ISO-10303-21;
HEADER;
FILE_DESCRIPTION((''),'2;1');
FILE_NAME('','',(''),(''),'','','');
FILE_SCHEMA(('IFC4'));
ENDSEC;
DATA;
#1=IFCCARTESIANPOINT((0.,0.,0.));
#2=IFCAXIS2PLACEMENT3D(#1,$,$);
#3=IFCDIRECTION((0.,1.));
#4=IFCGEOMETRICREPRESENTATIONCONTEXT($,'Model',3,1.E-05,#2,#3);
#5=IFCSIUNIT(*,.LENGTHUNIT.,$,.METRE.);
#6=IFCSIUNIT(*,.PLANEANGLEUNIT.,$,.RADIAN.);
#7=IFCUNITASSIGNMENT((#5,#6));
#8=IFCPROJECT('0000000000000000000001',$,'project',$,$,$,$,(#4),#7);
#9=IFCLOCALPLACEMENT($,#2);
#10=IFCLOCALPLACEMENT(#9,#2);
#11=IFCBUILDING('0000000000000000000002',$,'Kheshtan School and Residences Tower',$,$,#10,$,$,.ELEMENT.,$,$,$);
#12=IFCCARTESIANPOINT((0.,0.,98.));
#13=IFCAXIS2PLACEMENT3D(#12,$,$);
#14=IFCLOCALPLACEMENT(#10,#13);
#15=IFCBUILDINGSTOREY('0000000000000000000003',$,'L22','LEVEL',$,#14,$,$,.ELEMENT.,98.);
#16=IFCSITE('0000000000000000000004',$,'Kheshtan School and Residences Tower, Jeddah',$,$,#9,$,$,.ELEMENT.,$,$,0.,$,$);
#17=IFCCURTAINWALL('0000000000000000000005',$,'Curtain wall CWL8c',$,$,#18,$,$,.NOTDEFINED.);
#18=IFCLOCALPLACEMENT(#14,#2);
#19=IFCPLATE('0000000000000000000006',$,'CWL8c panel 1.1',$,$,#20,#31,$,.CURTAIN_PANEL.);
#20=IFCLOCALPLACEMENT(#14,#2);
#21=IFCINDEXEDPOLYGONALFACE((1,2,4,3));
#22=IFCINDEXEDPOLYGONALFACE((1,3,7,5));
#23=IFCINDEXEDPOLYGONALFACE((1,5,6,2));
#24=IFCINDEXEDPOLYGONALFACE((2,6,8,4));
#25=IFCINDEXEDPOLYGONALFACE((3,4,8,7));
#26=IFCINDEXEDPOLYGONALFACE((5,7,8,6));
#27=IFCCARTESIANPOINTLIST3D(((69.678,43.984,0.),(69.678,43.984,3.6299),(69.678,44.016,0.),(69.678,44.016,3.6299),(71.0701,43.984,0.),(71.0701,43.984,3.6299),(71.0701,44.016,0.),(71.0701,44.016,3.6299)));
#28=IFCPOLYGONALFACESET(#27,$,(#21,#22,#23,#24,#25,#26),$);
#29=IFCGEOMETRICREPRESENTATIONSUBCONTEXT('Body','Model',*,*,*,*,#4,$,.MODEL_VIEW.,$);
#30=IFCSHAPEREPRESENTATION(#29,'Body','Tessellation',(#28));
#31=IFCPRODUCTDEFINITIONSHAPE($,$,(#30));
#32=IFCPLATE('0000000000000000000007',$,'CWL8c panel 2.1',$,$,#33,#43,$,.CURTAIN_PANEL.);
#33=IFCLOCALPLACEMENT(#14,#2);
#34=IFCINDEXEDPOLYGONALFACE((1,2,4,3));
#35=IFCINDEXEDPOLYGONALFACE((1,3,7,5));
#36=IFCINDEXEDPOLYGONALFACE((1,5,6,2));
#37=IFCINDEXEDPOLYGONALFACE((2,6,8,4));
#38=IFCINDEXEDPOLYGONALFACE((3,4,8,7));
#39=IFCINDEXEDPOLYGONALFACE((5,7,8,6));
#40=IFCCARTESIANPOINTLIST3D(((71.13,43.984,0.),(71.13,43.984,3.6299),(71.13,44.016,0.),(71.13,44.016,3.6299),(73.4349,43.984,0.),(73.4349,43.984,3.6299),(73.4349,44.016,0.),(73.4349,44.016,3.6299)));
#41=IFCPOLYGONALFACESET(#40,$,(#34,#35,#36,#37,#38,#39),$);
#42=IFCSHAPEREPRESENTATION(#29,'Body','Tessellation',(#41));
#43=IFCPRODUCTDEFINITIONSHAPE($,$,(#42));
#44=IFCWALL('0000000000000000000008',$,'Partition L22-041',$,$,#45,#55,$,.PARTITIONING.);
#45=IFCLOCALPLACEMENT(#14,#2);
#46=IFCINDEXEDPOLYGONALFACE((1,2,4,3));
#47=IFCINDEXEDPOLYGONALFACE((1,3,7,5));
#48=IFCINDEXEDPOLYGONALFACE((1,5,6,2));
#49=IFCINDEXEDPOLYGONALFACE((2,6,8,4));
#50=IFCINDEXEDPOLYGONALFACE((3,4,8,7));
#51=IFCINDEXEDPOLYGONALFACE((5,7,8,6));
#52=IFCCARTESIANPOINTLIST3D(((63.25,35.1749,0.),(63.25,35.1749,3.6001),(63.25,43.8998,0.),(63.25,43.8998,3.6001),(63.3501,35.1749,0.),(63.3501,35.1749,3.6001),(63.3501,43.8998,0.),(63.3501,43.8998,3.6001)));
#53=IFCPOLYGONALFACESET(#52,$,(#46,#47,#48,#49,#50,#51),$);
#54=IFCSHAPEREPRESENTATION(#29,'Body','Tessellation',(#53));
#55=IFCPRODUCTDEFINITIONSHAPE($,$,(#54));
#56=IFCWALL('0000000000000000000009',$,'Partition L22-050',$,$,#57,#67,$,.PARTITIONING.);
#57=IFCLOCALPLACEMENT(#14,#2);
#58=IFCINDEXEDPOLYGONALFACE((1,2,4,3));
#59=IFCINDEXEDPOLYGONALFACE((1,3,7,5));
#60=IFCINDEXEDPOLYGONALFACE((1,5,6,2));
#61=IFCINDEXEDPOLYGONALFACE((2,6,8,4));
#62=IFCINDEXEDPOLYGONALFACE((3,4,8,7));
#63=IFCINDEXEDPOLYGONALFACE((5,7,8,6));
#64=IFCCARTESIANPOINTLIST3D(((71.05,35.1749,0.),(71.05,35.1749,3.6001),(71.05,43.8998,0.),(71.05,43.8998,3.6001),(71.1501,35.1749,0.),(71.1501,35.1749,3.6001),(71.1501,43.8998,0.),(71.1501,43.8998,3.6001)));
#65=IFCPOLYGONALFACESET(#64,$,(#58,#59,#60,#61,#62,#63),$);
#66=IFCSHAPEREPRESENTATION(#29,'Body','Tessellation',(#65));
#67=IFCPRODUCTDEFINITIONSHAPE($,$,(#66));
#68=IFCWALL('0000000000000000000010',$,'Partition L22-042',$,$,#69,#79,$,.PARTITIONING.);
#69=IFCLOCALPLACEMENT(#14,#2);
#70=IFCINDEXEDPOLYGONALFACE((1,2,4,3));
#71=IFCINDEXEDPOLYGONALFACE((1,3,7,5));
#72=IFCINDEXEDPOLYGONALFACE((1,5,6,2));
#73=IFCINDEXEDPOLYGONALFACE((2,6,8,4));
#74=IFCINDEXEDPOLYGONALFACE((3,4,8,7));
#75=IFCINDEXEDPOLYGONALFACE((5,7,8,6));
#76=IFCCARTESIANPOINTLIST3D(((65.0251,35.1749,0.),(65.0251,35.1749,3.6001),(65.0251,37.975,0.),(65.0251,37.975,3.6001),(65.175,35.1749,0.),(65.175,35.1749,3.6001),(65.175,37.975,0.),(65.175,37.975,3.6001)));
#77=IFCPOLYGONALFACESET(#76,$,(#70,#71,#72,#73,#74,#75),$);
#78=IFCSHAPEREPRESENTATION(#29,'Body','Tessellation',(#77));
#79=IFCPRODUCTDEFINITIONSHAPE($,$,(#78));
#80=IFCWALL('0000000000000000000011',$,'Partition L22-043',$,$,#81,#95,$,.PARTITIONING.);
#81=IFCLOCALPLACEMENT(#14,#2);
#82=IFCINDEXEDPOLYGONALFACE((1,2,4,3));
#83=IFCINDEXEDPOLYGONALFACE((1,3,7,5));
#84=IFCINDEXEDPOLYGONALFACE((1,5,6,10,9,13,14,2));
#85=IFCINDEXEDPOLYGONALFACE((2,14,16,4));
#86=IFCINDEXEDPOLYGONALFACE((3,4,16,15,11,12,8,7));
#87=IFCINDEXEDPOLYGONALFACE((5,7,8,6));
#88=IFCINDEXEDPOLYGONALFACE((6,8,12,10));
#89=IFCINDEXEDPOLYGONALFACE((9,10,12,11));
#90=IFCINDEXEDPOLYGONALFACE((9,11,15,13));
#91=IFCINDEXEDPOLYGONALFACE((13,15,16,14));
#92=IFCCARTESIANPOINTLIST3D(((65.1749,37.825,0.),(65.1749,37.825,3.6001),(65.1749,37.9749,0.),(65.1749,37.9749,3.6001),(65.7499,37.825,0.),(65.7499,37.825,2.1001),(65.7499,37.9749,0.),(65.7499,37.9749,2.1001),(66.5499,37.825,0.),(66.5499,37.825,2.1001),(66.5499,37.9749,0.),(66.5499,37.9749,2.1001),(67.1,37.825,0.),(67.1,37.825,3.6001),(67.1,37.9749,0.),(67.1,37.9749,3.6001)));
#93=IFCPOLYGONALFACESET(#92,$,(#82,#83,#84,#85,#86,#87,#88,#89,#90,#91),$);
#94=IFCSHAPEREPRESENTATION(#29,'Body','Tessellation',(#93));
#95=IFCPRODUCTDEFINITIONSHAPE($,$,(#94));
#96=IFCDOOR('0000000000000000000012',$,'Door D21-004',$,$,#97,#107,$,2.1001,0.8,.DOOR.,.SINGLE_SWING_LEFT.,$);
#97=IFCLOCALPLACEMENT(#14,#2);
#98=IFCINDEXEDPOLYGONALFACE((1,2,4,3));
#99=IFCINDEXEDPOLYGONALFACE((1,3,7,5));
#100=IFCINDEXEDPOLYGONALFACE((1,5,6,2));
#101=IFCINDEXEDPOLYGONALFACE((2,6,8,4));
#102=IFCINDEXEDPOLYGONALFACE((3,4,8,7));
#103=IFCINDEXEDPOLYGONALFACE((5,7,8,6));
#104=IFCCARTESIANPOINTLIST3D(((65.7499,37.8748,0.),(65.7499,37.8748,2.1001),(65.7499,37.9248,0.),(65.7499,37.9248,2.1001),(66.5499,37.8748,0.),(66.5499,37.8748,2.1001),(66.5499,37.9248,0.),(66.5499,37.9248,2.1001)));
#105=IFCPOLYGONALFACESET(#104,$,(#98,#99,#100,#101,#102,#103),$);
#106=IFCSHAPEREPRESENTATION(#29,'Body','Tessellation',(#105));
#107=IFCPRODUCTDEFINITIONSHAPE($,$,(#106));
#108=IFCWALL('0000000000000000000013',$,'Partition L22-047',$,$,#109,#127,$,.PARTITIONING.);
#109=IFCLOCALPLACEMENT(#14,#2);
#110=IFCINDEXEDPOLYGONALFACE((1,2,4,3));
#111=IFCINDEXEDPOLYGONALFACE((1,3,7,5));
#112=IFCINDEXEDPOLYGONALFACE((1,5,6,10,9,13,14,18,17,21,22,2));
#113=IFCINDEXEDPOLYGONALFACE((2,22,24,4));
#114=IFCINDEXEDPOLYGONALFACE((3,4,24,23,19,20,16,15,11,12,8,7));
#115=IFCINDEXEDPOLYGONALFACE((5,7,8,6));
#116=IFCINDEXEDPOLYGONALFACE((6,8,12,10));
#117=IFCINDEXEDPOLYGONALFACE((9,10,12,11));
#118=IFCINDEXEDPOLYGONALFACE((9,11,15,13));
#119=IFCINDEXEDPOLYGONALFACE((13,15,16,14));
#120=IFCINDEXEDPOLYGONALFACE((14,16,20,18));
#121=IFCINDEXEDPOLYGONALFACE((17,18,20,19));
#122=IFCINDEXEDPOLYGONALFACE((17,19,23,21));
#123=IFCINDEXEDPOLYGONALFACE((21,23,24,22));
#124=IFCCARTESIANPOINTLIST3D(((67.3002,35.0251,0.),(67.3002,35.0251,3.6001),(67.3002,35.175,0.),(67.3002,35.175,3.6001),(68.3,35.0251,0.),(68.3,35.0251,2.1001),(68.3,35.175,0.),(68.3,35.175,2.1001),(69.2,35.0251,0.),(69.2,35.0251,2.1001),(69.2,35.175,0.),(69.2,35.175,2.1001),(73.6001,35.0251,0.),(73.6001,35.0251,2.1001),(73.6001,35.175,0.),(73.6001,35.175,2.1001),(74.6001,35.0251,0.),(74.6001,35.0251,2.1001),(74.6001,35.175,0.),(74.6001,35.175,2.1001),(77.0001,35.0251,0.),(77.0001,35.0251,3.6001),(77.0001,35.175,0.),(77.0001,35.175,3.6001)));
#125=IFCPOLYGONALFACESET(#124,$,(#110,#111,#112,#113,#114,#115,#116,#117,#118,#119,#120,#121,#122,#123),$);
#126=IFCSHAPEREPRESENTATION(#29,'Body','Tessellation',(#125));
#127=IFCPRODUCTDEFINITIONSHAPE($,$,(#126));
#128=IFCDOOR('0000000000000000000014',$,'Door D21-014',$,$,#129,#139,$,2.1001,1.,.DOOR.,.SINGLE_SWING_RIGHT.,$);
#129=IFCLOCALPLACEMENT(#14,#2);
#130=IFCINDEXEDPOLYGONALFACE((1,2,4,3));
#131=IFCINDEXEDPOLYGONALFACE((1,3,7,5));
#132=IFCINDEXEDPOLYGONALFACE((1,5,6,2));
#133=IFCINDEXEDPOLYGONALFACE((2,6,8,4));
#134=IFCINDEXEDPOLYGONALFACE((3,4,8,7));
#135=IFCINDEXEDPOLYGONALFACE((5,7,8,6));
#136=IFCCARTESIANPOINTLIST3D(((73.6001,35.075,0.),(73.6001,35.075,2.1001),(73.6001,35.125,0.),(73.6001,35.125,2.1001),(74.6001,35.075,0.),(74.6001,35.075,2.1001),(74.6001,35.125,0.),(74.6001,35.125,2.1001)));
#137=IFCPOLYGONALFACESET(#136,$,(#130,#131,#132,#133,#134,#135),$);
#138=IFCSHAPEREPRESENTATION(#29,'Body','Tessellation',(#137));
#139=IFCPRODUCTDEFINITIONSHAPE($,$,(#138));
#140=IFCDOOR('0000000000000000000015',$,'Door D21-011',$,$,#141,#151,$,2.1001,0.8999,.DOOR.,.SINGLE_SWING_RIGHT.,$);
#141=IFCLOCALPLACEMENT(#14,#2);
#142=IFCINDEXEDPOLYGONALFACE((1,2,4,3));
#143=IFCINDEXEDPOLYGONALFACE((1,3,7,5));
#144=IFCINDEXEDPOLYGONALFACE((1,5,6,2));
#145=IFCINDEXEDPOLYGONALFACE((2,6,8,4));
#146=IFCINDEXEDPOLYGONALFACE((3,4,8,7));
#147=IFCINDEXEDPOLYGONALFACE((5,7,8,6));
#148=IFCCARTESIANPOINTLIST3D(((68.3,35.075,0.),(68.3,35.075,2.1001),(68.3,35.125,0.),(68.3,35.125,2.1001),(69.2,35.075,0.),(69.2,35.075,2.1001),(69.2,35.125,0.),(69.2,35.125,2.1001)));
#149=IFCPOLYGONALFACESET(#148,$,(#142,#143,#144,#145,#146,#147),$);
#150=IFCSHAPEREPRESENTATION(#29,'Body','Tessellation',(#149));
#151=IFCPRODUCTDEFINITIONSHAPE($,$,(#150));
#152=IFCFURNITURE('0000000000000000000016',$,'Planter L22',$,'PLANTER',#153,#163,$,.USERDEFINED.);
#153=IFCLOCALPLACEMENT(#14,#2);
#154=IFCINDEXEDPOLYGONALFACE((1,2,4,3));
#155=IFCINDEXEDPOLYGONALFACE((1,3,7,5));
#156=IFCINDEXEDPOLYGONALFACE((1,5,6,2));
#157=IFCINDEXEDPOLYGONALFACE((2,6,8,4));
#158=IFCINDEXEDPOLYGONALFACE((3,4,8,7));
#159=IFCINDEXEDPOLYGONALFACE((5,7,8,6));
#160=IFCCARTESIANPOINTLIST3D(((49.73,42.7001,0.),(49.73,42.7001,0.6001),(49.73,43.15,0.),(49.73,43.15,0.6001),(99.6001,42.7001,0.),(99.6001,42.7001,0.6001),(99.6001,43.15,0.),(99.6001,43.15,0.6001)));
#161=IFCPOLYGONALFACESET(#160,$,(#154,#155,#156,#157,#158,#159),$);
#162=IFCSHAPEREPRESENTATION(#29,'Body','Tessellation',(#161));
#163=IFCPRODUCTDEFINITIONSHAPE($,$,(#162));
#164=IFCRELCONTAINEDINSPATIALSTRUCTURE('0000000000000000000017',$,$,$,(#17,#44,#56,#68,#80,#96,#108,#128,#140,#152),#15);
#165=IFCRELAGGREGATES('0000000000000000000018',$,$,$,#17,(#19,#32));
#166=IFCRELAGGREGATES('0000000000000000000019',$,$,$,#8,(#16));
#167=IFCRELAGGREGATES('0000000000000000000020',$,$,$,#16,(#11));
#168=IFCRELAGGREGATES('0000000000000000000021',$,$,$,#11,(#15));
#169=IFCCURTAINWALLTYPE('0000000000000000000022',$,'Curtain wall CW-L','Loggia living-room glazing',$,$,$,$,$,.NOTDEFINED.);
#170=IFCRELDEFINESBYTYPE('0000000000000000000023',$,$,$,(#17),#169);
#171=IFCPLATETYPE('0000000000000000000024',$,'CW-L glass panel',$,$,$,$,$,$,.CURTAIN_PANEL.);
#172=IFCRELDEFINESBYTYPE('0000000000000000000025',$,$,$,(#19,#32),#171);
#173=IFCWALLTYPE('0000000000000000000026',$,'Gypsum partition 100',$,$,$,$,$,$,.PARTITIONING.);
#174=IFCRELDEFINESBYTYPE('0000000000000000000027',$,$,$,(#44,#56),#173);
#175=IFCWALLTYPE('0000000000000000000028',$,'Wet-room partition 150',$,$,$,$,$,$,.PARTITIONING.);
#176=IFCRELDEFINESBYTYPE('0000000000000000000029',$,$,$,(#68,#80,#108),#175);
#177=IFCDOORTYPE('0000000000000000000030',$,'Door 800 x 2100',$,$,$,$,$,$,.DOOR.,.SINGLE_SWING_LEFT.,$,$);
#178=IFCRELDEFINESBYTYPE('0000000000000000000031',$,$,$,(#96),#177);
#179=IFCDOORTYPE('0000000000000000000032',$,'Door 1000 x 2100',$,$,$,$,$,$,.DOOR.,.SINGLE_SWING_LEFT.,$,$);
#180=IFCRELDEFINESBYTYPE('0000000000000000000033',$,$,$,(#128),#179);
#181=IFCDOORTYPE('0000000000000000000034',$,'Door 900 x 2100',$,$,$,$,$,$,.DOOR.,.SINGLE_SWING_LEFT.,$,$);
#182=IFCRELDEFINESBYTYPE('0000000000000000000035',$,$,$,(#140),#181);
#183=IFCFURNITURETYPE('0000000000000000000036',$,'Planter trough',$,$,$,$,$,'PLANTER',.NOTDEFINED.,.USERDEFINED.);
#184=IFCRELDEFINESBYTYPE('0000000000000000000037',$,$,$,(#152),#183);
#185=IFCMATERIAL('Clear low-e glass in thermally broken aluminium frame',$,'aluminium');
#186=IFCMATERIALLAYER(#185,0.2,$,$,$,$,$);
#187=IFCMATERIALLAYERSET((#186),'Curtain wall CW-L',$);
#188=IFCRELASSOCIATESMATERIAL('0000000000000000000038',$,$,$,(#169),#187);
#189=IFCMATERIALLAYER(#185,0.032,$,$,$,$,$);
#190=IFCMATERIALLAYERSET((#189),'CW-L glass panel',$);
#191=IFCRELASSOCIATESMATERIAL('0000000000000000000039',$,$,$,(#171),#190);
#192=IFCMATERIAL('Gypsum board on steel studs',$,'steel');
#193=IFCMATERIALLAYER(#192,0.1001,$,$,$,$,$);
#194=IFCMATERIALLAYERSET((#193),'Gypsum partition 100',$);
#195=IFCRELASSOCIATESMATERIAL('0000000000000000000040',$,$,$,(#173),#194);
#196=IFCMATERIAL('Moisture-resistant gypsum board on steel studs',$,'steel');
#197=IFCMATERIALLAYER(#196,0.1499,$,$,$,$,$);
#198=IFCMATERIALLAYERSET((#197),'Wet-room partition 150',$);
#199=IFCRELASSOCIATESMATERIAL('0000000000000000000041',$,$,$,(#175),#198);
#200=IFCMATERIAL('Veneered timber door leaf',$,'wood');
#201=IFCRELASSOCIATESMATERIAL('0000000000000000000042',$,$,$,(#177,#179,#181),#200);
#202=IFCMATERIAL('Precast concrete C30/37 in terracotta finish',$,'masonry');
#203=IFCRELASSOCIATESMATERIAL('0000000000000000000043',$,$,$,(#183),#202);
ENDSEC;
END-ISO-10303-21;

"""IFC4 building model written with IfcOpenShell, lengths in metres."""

from ifc_helpers import new_model, si_unit, direction, frame, frame_2d, origin, origin_2d, place, context, subcontext, project, spatial, rectangle, extrude, source, transform, mapped, material, layer, layer_set, type_object, element, fill, aggregate, save


model = new_model("IFC4")

# Units and contexts
model_context = context("Model", 3, precision=1e-05, world=origin(), true_north=direction((0.0, 1.0)))
body_context = subcontext(model_context, "Body", "Model", "MODEL_VIEW")
ifc_project = project(units=[si_unit("LENGTHUNIT", "METRE"), si_unit("PLANEANGLEUNIT", "RADIAN")], contexts=[model_context])

# Site, building, storey
site_placement = place(None, origin())
site = spatial("IfcSite", under=ifc_project, at=site_placement, Name="Kheshtan School and Residences Tower, Jeddah", CompositionType="ELEMENT", RefElevation=0.0)
building_placement = place(site_placement, origin())
building = spatial("IfcBuilding", under=site, at=building_placement, Name="Kheshtan School and Residences Tower", CompositionType="ELEMENT")
storey_placement = place(building_placement, frame((0.0, 0.0, 98.0)))
storey = spatial("IfcBuildingStorey", under=building, at=storey_placement, Name="L22", Description="LEVEL", CompositionType="ELEMENT", Elevation=98.0)

# Curtain wall
ifc_material_1 = material(Name="Clear low-e glass in thermally broken aluminium frame", Category="aluminium")
ifc_layer_1 = layer(ifc_material_1, 0.2)
ifc_layer_set_1 = layer_set([ifc_layer_1], Name="Curtain wall CW-L")
curtain_wall_type = type_object("IfcCurtainWallType", Name="Curtain wall CW-L", Description="Loggia living-room glazing", PredefinedType="NOTDEFINED", material=ifc_layer_set_1)
curtain_wall_1_placement = place(storey_placement, origin())
curtain_wall_1 = element("IfcCurtainWall", 1, at=curtain_wall_1_placement, inside=storey, type_object=curtain_wall_type, Name="Curtain wall CWL8c", PredefinedType="NOTDEFINED")

# Plates
ifc_layer_2 = layer(ifc_material_1, 0.032)
ifc_layer_set_2 = layer_set([ifc_layer_2], Name="CW-L glass panel")
plate_type = type_object("IfcPlateType", Name="CW-L glass panel", PredefinedType="CURTAIN_PANEL", material=ifc_layer_set_2)
plate_1_placement = place(storey_placement, frame((70.374, 44.0, 0.0), z_axis=(0.0, 0.0, 1.0), x_axis=(1.0, 0.0, 0.0)))
plate_1 = element("IfcPlate", 2, at=plate_1_placement, type_object=plate_type, Name="CWL8c panel 1.1", PredefinedType="CURTAIN_PANEL", context=body_context, shape_type="SweptSolid", body=[
    extrude(rectangle(XDim=1.3921, YDim=0.032, at=origin_2d()), origin(), (0.0, 0.0, 1.0), 3.6299),
])
plate_2_placement = place(storey_placement, frame((72.2825, 44.0, 0.0), z_axis=(0.0, 0.0, 1.0), x_axis=(1.0, 0.0, 0.0)))
plate_2 = element("IfcPlate", 3, at=plate_2_placement, type_object=plate_type, Name="CWL8c panel 2.1", PredefinedType="CURTAIN_PANEL", context=body_context, shape_type="SweptSolid", body=[
    extrude(rectangle(XDim=2.3049, YDim=0.032, at=origin_2d()), origin(), (0.0, 0.0, 1.0), 3.6299),
])
aggregate(curtain_wall_1, [plate_1, plate_2])

# Walls
ifc_material_2 = material(Name="Gypsum board on steel studs", Category="steel")
ifc_layer_3 = layer(ifc_material_2, 0.1001)
ifc_layer_set_3 = layer_set([ifc_layer_3], Name="Gypsum partition 100")
wall_type_1 = type_object("IfcWallType", Name="Gypsum partition 100", PredefinedType="PARTITIONING", material=ifc_layer_set_3)
for number, where, z_axis, x_axis, name in (
    (4, (63.3, 35.175, 0.0), (0.0, 0.0, 1.0), (0.0, 1.0, 0.0), "Partition L22-041"),
    (5, (71.1001, 35.175, 0.0), (0.0, 0.0, 1.0), (0.0, 1.0, 0.0), "Partition L22-050"),
):
    element("IfcWall", number, at=place(storey_placement, frame(where, z_axis=z_axis, x_axis=x_axis)), inside=storey, type_object=wall_type_1, Name=name, PredefinedType="PARTITIONING", context=body_context, shape_type="SweptSolid", body=[
        extrude(rectangle(XDim=8.7249, YDim=0.1001, at=frame_2d((4.3623, 0.0))), origin(), (0.0, 0.0, 1.0), 3.6001),
    ])
ifc_material_3 = material(Name="Moisture-resistant gypsum board on steel studs", Category="steel")
ifc_layer_4 = layer(ifc_material_3, 0.1499)
ifc_layer_set_4 = layer_set([ifc_layer_4], Name="Wet-room partition 150")
wall_type_2 = type_object("IfcWallType", Name="Wet-room partition 150", PredefinedType="PARTITIONING", material=ifc_layer_set_4)
wall_1_placement = place(storey_placement, frame((65.1001, 35.175, 0.0), z_axis=(0.0, 0.0, 1.0), x_axis=(0.0, 1.0, 0.0)))
element("IfcWall", 6, at=wall_1_placement, inside=storey, type_object=wall_type_2, Name="Partition L22-042", PredefinedType="PARTITIONING", context=body_context, shape_type="SweptSolid", body=[
    extrude(rectangle(XDim=2.8, YDim=0.1499, at=frame_2d((1.3999, 0.0))), origin(), (0.0, 0.0, 1.0), 3.6001),
])

# Wall, opening, door
wall_2_placement = place(storey_placement, frame((65.175, 37.8999, 0.0), z_axis=(0.0, 0.0, 1.0), x_axis=(1.0, 0.0, 0.0)))
wall_2 = element("IfcWall", 7, at=wall_2_placement, inside=storey, type_object=wall_type_2, Name="Partition L22-043", PredefinedType="PARTITIONING", context=body_context, shape_type="SweptSolid", body=[
    extrude(rectangle(XDim=1.925, YDim=0.1499, at=frame_2d((0.9624, 0.0))), origin(), (0.0, 0.0, 1.0), 3.6001),
])
opening_1_placement = place(wall_2_placement, frame((0.575, 0.0, 0.0)))
opening_1 = element("IfcOpeningElement", 8, at=opening_1_placement, cuts=wall_2, PredefinedType="OPENING", context=body_context, shape_type="SweptSolid", body=[
    extrude(rectangle(XDim=0.8, YDim=2.1001, at=frame_2d((0.3999, 1.05))), frame((0.0, 0.085, 0.0), z_axis=(0.0, -1.0, 0.0), x_axis=(1.0, 0.0, 0.0)), (0.0, 0.0, 1.0), 0.1699),
])
ifc_material_4 = material(Name="Veneered timber door leaf", Category="wood")
door_type_1 = type_object("IfcDoorType", Name="Door 800 x 2100", OperationType="SINGLE_SWING_LEFT", PredefinedType="DOOR", material=ifc_material_4)
shared_shape_1 = source(origin(), body_context, "Body", "SweptSolid", [
    extrude(rectangle(XDim=0.8, YDim=2.1001, at=frame_2d((0.3999, 1.05))), frame((0.0, 0.0249, 0.0), z_axis=(0.0, -1.0, 0.0), x_axis=(1.0, 0.0, 0.0)), (0.0, 0.0, 1.0), 0.05),
])
door_1_placement = place(opening_1_placement, origin())
door_1 = element("IfcDoor", 9, at=door_1_placement, inside=storey, type_object=door_type_1, Name="Door D21-004", OperationType="SINGLE_SWING_LEFT", OverallHeight=2.1001, OverallWidth=0.8, PredefinedType="DOOR", context=body_context, shape_type="MappedRepresentation", body=[
    mapped(shared_shape_1, transform((0.0, 0.0, 0.0), x_axis=(1.0, 0.0, 0.0), y_axis=(0.0, 1.0, 0.0), z_axis=(0.0, 0.0, 1.0), scale=1.0)),
])
fill(opening_1, door_1)

# Wall, openings, doors
wall_3_placement = place(storey_placement, frame((67.3, 35.1001, 0.0), z_axis=(0.0, 0.0, 1.0), x_axis=(1.0, 0.0, 0.0)))
wall_3 = element("IfcWall", 10, at=wall_3_placement, inside=storey, type_object=wall_type_2, Name="Partition L22-047", PredefinedType="PARTITIONING", context=body_context, shape_type="SweptSolid", body=[
    extrude(rectangle(XDim=9.7, YDim=0.1499, at=frame_2d((4.8501, 0.0))), origin(), (0.0, 0.0, 1.0), 3.6001),
])
opening_2_placement = place(wall_3_placement, frame((1.0, 0.0, 0.0)))
opening_2 = element("IfcOpeningElement", 11, at=opening_2_placement, cuts=wall_3, PredefinedType="OPENING", context=body_context, shape_type="SweptSolid", body=[
    extrude(rectangle(XDim=0.8999, YDim=2.1001, at=frame_2d((0.45, 1.05))), frame((0.0, 0.085, 0.0), z_axis=(0.0, -1.0, 0.0), x_axis=(1.0, 0.0, 0.0)), (0.0, 0.0, 1.0), 0.1699),
])
opening_3_placement = place(wall_3_placement, frame((6.3, 0.0, 0.0)))
opening_3 = element("IfcOpeningElement", 12, at=opening_3_placement, cuts=wall_3, PredefinedType="OPENING", context=body_context, shape_type="SweptSolid", body=[
    extrude(rectangle(XDim=1.0, YDim=2.1001, at=frame_2d((0.5, 1.05))), frame((0.0, 0.085, 0.0), z_axis=(0.0, -1.0, 0.0), x_axis=(1.0, 0.0, 0.0)), (0.0, 0.0, 1.0), 0.1699),
])
door_type_2 = type_object("IfcDoorType", Name="Door 1000 x 2100", OperationType="SINGLE_SWING_LEFT", PredefinedType="DOOR", material=ifc_material_4)
shared_shape_2 = source(origin(), body_context, "Body", "SweptSolid", [
    extrude(rectangle(XDim=1.0, YDim=2.1001, at=frame_2d((0.5, 1.05))), frame((0.0, 0.0249, 0.0), z_axis=(0.0, -1.0, 0.0), x_axis=(1.0, 0.0, 0.0)), (0.0, 0.0, 1.0), 0.05),
])
door_2_placement = place(opening_3_placement, origin())
door_2 = element("IfcDoor", 13, at=door_2_placement, inside=storey, type_object=door_type_2, Name="Door D21-014", OperationType="SINGLE_SWING_RIGHT", OverallHeight=2.1001, OverallWidth=1.0, PredefinedType="DOOR", context=body_context, shape_type="MappedRepresentation", body=[
    mapped(shared_shape_2, transform((0.0, 0.0, 0.0), x_axis=(1.0, 0.0, 0.0), y_axis=(0.0, 1.0, 0.0), z_axis=(0.0, 0.0, 1.0), scale=1.0)),
])
fill(opening_3, door_2)
door_type_3 = type_object("IfcDoorType", Name="Door 900 x 2100", OperationType="SINGLE_SWING_LEFT", PredefinedType="DOOR", material=ifc_material_4)
shared_shape_3 = source(origin(), body_context, "Body", "SweptSolid", [
    extrude(rectangle(XDim=0.8999, YDim=2.1001, at=frame_2d((0.45, 1.05))), frame((0.0, 0.0249, 0.0), z_axis=(0.0, -1.0, 0.0), x_axis=(1.0, 0.0, 0.0)), (0.0, 0.0, 1.0), 0.05),
])
door_3_placement = place(opening_2_placement, origin())
door_3 = element("IfcDoor", 14, at=door_3_placement, inside=storey, type_object=door_type_3, Name="Door D21-011", OperationType="SINGLE_SWING_RIGHT", OverallHeight=2.1001, OverallWidth=0.8999, PredefinedType="DOOR", context=body_context, shape_type="MappedRepresentation", body=[
    mapped(shared_shape_3, transform((0.0, 0.0, 0.0), x_axis=(1.0, 0.0, 0.0), y_axis=(0.0, 1.0, 0.0), z_axis=(0.0, 0.0, 1.0), scale=1.0)),
])
fill(opening_2, door_3)

# Furniture
ifc_material_5 = material(Name="Precast concrete C30/37 in terracotta finish", Category="masonry")
furniture_type = type_object("IfcFurnitureType", Name="Planter trough", ElementType="PLANTER", AssemblyPlace="NOTDEFINED", PredefinedType="USERDEFINED", material=ifc_material_5)
furniture_placement = place(storey_placement, frame((74.665, 42.925, 0.0), z_axis=(0.0, 0.0, 1.0), x_axis=(1.0, 0.0, 0.0)))
element("IfcFurniture", 15, at=furniture_placement, inside=storey, type_object=furniture_type, Name="Planter L22", ObjectType="PLANTER", PredefinedType="USERDEFINED", context=body_context, shape_type="SweptSolid", body=[
    extrude(rectangle(XDim=49.8701, YDim=0.45, at=origin_2d()), origin(), (0.0, 0.0, 1.0), 0.6001),
])

save(model, "model.ifc")
